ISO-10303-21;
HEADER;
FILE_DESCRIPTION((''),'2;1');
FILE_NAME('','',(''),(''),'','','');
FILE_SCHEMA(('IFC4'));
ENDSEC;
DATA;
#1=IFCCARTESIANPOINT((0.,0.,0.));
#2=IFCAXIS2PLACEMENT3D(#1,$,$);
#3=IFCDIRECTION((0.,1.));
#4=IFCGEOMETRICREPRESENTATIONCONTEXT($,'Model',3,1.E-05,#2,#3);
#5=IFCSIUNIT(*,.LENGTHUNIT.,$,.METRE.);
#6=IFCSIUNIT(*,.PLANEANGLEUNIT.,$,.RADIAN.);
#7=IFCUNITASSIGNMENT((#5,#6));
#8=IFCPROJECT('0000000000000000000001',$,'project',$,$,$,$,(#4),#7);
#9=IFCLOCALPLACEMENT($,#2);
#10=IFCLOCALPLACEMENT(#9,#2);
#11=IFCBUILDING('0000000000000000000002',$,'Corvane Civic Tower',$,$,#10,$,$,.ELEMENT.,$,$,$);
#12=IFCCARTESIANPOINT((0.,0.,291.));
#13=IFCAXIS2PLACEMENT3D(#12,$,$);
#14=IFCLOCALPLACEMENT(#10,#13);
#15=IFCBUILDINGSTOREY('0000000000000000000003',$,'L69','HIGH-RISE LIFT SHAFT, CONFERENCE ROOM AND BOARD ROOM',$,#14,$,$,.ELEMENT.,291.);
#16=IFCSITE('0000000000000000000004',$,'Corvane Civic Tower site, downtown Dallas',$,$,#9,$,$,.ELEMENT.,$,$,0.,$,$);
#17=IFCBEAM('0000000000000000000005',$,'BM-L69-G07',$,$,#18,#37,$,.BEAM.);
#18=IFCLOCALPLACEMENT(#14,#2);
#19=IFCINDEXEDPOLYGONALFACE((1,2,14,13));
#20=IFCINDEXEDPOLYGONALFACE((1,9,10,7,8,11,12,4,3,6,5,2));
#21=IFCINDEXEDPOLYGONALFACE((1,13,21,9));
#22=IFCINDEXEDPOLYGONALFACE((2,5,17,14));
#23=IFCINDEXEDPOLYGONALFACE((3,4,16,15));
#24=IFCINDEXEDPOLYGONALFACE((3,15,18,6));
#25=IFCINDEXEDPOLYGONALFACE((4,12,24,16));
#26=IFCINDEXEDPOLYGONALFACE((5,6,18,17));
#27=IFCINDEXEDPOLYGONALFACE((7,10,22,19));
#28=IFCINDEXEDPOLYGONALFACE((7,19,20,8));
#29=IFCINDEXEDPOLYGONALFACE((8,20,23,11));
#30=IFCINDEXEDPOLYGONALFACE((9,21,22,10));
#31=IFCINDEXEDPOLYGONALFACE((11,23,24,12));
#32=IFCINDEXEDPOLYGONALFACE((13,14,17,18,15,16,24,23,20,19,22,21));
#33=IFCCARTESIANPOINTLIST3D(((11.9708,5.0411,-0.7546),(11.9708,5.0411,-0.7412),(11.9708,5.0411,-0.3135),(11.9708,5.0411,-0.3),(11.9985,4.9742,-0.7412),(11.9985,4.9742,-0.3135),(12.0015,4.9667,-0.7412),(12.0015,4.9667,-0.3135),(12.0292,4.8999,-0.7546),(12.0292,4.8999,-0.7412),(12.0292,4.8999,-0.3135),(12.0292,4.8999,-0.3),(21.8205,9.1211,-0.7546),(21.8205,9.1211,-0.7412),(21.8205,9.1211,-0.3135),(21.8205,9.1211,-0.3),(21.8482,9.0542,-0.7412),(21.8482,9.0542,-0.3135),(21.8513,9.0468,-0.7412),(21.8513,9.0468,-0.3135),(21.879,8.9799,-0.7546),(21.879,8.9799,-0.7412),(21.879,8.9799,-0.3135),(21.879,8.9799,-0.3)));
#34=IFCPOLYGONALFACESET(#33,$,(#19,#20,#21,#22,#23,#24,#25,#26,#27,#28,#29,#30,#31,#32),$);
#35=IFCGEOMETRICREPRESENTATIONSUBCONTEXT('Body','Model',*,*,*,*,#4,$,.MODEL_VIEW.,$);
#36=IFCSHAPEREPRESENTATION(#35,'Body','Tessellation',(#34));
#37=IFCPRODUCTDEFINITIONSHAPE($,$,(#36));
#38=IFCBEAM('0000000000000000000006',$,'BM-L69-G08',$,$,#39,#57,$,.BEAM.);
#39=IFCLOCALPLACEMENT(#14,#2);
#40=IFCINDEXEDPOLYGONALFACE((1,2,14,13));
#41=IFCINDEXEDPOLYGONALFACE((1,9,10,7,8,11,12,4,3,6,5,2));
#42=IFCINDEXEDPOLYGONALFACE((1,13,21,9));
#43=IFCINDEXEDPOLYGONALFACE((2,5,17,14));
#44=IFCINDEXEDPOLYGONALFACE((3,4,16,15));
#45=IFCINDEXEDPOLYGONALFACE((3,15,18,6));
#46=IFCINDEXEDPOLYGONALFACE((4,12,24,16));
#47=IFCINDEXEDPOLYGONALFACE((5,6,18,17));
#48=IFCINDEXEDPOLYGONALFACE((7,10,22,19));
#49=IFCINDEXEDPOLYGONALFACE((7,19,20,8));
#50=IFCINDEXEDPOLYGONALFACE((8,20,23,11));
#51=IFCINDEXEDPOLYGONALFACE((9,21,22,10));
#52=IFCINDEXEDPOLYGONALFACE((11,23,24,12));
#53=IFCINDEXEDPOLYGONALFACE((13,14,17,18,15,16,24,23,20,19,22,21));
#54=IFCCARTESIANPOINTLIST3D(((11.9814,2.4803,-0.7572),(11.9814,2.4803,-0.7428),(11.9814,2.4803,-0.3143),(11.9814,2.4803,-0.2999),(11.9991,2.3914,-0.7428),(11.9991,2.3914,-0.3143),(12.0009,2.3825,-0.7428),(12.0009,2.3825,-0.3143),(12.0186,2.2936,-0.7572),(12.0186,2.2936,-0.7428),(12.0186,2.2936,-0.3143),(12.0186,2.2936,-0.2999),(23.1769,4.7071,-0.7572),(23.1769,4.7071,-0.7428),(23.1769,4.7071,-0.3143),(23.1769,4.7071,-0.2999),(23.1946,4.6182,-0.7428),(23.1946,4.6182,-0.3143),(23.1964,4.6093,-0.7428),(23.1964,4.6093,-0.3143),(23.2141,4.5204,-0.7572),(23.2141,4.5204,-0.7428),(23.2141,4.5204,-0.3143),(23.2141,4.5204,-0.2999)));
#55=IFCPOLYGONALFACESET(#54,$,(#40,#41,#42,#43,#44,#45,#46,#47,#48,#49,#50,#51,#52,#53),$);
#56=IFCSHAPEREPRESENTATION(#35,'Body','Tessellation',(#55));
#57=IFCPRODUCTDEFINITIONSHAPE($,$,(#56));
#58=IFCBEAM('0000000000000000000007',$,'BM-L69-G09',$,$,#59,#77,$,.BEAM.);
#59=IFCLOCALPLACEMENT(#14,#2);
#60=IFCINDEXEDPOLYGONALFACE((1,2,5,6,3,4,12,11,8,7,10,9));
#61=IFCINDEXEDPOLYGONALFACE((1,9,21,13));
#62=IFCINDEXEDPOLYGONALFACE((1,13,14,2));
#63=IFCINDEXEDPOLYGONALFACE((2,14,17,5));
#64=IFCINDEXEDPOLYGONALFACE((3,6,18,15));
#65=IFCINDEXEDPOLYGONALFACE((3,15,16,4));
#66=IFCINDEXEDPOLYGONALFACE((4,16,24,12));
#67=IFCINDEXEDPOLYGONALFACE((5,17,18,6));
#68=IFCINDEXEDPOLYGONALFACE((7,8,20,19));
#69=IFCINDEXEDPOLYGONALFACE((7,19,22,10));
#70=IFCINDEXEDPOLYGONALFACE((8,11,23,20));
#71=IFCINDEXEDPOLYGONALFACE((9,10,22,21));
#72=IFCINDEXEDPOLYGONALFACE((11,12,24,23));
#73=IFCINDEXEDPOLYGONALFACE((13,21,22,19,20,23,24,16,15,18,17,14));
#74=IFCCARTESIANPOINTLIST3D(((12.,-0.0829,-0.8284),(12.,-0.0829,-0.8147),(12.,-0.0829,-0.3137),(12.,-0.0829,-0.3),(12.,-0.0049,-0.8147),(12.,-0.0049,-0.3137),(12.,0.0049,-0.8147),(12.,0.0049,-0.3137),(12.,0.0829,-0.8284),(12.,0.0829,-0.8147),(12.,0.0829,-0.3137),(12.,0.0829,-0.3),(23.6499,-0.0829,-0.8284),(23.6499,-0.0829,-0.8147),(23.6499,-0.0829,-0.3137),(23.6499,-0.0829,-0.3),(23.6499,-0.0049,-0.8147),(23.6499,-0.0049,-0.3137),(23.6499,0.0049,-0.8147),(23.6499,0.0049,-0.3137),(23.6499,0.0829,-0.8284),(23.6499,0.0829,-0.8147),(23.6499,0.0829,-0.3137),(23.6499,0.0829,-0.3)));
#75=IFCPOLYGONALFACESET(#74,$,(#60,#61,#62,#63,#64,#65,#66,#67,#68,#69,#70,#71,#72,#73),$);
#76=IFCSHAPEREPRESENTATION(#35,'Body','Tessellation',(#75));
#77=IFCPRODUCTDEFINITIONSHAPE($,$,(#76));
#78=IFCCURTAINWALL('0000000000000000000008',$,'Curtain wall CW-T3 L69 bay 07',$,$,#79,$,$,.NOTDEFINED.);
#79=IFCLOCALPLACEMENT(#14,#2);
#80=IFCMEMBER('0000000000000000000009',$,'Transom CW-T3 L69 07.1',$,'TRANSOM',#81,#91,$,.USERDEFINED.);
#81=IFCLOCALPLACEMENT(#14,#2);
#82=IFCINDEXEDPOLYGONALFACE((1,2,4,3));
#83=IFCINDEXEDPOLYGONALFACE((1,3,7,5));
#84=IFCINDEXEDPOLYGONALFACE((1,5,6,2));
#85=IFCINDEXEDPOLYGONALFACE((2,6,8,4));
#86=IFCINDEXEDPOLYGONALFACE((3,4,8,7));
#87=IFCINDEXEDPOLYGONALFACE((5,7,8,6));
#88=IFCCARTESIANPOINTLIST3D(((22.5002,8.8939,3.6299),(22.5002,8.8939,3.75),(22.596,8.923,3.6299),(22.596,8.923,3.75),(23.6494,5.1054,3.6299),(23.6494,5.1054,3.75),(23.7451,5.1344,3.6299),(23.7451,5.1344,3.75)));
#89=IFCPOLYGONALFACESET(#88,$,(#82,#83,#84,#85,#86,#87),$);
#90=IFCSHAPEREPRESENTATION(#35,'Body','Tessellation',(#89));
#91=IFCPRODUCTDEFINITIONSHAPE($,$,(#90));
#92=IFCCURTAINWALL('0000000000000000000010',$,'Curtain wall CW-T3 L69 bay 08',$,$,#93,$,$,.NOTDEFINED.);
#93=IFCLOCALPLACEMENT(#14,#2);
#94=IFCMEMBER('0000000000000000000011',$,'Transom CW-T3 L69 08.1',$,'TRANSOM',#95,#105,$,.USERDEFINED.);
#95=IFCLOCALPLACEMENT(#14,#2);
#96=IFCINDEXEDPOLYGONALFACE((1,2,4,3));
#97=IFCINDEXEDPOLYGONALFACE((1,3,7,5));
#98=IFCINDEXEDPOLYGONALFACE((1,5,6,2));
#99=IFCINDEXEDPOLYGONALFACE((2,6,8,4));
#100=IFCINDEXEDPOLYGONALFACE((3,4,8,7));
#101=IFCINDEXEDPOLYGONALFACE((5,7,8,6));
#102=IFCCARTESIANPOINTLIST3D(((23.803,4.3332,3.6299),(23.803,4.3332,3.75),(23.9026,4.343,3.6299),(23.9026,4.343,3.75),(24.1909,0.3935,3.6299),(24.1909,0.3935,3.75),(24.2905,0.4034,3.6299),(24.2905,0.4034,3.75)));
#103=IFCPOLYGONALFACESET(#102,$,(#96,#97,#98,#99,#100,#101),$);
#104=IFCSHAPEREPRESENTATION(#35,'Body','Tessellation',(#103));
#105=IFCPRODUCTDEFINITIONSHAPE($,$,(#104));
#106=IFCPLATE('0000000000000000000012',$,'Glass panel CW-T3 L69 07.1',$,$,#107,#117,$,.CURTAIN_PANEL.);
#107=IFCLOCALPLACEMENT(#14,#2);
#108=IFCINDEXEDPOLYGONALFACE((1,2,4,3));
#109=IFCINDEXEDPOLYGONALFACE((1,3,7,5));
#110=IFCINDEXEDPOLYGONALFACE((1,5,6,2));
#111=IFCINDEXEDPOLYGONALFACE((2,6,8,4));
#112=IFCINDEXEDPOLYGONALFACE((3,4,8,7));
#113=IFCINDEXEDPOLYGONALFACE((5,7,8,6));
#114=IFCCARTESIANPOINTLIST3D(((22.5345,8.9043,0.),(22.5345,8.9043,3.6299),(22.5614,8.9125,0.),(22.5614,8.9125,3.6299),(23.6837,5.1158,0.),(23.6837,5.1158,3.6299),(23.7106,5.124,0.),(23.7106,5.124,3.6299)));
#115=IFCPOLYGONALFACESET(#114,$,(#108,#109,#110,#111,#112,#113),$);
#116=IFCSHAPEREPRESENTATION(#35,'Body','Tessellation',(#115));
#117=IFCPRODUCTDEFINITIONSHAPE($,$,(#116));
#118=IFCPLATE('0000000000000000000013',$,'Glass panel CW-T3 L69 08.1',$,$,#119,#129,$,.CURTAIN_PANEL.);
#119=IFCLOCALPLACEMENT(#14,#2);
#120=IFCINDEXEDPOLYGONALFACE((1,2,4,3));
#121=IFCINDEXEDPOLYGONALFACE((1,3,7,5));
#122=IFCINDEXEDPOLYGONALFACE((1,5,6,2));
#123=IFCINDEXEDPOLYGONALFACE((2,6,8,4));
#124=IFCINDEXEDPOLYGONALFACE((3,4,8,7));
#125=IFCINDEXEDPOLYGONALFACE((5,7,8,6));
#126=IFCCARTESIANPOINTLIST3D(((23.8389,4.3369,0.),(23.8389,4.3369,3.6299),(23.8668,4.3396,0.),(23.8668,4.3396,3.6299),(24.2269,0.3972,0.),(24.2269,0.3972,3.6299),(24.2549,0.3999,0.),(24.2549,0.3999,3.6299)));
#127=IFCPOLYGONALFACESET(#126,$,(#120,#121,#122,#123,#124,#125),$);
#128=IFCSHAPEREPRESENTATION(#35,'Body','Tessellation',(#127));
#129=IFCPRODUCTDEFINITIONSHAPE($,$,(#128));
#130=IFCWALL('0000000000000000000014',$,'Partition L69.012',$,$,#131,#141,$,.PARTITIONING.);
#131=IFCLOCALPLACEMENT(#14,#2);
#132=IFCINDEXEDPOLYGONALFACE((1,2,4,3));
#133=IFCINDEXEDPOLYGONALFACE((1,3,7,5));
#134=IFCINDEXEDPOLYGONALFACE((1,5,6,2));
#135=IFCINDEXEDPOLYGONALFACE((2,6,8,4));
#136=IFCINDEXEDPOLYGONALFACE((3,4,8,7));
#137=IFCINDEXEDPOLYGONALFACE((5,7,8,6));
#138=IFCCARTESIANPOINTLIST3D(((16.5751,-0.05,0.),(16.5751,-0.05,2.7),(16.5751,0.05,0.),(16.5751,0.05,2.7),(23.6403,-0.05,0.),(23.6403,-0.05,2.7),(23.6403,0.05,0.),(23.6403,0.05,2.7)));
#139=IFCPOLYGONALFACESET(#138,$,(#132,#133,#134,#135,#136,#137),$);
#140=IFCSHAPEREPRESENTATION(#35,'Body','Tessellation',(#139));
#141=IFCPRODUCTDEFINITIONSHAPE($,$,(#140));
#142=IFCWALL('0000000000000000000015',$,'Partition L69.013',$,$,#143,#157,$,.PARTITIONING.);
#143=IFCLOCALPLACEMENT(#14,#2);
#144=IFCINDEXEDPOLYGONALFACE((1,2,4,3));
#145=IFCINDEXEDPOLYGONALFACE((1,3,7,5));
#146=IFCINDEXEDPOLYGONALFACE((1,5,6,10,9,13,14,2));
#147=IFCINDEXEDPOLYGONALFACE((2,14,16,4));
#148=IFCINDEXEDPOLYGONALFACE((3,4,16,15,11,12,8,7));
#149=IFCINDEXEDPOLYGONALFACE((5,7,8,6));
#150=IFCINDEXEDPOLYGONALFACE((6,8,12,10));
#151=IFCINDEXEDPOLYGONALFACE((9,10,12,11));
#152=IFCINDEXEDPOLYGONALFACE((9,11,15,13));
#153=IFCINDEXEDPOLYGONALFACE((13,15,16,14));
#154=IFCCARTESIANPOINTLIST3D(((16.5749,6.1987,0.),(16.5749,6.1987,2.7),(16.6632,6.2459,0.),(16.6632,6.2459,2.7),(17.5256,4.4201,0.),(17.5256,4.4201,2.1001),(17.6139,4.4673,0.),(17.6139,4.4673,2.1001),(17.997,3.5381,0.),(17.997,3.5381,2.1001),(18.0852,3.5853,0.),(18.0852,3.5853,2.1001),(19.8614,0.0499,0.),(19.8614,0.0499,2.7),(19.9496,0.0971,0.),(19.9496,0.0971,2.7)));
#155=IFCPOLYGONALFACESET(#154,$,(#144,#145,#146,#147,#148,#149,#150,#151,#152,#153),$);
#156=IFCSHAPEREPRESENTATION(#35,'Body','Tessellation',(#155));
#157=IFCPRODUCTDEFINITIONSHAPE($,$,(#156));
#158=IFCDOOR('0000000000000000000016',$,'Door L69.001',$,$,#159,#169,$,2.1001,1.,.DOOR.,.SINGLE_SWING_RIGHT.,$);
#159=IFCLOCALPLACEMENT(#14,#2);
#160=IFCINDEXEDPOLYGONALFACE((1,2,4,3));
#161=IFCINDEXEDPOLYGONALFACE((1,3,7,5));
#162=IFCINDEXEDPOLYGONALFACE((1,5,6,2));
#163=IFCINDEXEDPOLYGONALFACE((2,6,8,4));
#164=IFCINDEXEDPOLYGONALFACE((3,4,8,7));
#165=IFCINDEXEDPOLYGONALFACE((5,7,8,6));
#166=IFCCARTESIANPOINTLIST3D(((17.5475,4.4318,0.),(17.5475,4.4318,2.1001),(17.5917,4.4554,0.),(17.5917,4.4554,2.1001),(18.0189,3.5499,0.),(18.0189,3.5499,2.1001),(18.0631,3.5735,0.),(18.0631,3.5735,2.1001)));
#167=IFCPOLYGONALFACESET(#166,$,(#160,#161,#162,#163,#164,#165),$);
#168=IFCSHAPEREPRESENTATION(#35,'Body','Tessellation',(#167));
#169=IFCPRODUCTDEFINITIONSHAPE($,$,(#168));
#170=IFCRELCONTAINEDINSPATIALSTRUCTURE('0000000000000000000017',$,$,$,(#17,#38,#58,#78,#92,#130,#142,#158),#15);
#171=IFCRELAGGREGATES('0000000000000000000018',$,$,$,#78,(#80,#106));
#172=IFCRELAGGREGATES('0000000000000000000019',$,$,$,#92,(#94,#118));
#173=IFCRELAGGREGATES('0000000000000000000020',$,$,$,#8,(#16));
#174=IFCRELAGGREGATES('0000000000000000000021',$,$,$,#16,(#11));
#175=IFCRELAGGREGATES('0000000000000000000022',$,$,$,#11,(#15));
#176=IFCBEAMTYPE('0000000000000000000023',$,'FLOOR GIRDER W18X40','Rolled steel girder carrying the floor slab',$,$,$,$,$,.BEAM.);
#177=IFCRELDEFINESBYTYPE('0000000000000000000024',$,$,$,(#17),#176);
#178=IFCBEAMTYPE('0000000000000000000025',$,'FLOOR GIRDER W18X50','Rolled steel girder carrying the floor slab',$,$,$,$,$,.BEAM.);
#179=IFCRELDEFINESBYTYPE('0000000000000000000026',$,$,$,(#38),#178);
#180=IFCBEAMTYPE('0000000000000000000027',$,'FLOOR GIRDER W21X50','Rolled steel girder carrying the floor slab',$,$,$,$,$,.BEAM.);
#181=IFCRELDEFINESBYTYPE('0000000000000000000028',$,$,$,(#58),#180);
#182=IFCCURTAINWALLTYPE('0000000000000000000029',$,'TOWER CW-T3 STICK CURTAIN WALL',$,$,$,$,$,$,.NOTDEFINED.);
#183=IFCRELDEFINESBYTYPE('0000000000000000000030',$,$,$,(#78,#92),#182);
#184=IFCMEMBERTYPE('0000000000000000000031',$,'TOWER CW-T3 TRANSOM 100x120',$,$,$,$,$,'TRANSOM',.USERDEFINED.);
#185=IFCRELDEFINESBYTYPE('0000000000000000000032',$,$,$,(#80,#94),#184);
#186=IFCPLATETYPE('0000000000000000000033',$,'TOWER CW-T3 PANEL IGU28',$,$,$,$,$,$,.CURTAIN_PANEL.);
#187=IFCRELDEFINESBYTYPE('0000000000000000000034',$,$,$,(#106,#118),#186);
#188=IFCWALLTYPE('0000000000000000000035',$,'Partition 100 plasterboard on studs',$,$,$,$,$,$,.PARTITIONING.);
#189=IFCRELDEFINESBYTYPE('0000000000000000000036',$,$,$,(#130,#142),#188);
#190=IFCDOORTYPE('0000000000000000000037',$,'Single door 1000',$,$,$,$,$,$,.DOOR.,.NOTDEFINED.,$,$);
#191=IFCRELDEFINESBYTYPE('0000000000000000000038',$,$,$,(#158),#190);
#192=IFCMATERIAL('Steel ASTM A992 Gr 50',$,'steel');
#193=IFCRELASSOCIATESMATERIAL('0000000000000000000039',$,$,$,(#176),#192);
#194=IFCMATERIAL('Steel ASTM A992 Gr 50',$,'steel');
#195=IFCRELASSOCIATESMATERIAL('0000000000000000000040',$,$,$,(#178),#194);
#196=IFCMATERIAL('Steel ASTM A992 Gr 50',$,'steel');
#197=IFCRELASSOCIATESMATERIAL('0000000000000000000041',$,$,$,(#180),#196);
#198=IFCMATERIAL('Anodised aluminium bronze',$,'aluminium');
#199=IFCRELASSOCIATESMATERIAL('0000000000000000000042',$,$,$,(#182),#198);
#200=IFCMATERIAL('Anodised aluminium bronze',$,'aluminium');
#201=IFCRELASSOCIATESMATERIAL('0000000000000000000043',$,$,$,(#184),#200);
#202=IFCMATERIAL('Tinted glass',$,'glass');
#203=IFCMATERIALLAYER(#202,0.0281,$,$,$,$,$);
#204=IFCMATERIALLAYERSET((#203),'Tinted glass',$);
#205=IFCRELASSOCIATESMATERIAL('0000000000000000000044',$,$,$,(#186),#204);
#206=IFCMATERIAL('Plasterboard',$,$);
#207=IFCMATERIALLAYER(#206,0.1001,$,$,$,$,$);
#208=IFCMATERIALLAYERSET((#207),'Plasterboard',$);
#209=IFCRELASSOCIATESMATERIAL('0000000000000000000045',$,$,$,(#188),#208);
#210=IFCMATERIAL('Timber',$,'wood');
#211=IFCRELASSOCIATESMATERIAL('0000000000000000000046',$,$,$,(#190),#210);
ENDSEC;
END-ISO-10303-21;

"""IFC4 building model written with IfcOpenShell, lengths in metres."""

from ifc_helpers import new_model, si_unit, direction, frame, frame_2d, origin, origin_2d, place, context, subcontext, project, spatial, rectangle, i_section, extrude, material, layer, layer_set, material_profile, profile_set, type_object, element, fill, aggregate, save


model = new_model("IFC4")

# Units and contexts
model_context = context("Model", 3, precision=1e-05, world=origin(), true_north=direction((0.0, 1.0)))
body_context = subcontext(model_context, "Body", "Model", "MODEL_VIEW")
ifc_project = project(units=[si_unit("LENGTHUNIT", "METRE"), si_unit("PLANEANGLEUNIT", "RADIAN")], contexts=[model_context])

# Site, building, storey
site_placement = place(None, origin())
site = spatial("IfcSite", under=ifc_project, at=site_placement, Name="Corvane Civic Tower site, downtown Dallas", CompositionType="ELEMENT", RefElevation=0.0)
building_placement = place(site_placement, origin())
building = spatial("IfcBuilding", under=site, at=building_placement, Name="Corvane Civic Tower", CompositionType="ELEMENT")
storey_placement = place(building_placement, frame((0.0, 0.0, 291.0)))
storey = spatial("IfcBuildingStorey", under=building, at=storey_placement, Name="L69", Description="HIGH-RISE LIFT SHAFT, CONFERENCE ROOM AND BOARD ROOM", CompositionType="ELEMENT", Elevation=291.0)

# Beams
ifc_material_1 = material(Name="Steel ASTM A992 Gr 50", Category="steel")
ifc_material_profile_1 = material_profile(ifc_material_1, i_section(OverallWidth=0.1528, OverallDepth=0.4546, WebThickness=0.0081, FlangeThickness=0.0134, at=origin_2d()), Name="W18X40")
ifc_profile_set_1 = profile_set([ifc_material_profile_1], Name="Steel ASTM A992 Gr 50")
beam_type_1 = type_object("IfcBeamType", Name="FLOOR GIRDER W18X40", Description="Rolled steel girder carrying the floor slab", PredefinedType="BEAM", material=ifc_profile_set_1)
beam_1_placement = place(storey_placement, frame((12.0, 4.9705, -0.5273), z_axis=(0.923875, 0.382694, 0.0), x_axis=(-0.382694, 0.923875, 0.0)))
element("IfcBeam", 1, at=beam_1_placement, inside=storey, type_object=beam_type_1, Name="BM-L69-G07", PredefinedType="BEAM", context=body_context, shape_type="SweptSolid", body=[
    extrude(i_section(OverallWidth=0.1528, OverallDepth=0.4546, WebThickness=0.0081, FlangeThickness=0.0134, at=origin_2d()), origin(), (0.0, 0.0, 1.0), 10.6614),
])
ifc_material_2 = material(Name="Steel ASTM A992 Gr 50", Category="steel")
ifc_material_profile_2 = material_profile(ifc_material_2, i_section(OverallWidth=0.1904, OverallDepth=0.4573, WebThickness=0.009, FlangeThickness=0.0144, at=origin_2d()), Name="W18X50")
ifc_profile_set_2 = profile_set([ifc_material_profile_2], Name="Steel ASTM A992 Gr 50")
beam_type_2 = type_object("IfcBeamType", Name="FLOOR GIRDER W18X50", Description="Rolled steel girder carrying the floor slab", PredefinedType="BEAM", material=ifc_profile_set_2)
beam_2_placement = place(storey_placement, frame((12.0, 2.387, -0.5286), z_axis=(0.980787, 0.19508, 0.0), x_axis=(-0.19508, 0.980787, 0.0)))
element("IfcBeam", 2, at=beam_2_placement, inside=storey, type_object=beam_type_2, Name="BM-L69-G08", PredefinedType="BEAM", context=body_context, shape_type="SweptSolid", body=[
    extrude(i_section(OverallWidth=0.1904, OverallDepth=0.4573, WebThickness=0.009, FlangeThickness=0.0144, at=origin_2d()), origin(), (0.0, 0.0, 1.0), 11.4148),
])
ifc_material_3 = material(Name="Steel ASTM A992 Gr 50", Category="steel")
ifc_material_profile_3 = material_profile(ifc_material_3, i_section(OverallWidth=0.1658, OverallDepth=0.5283, WebThickness=0.0098, FlangeThickness=0.0137, at=origin_2d()), Name="W21X50")
ifc_profile_set_3 = profile_set([ifc_material_profile_3], Name="Steel ASTM A992 Gr 50")
beam_type_3 = type_object("IfcBeamType", Name="FLOOR GIRDER W21X50", Description="Rolled steel girder carrying the floor slab", PredefinedType="BEAM", material=ifc_profile_set_3)
beam_3_placement = place(storey_placement, frame((12.0, 0.0, -0.5642), z_axis=(1.0, 0.0, 0.0), x_axis=(0.0, 1.0, 0.0)))
element("IfcBeam", 3, at=beam_3_placement, inside=storey, type_object=beam_type_3, Name="BM-L69-G09", PredefinedType="BEAM", context=body_context, shape_type="SweptSolid", body=[
    extrude(i_section(OverallWidth=0.1658, OverallDepth=0.5283, WebThickness=0.0098, FlangeThickness=0.0137, at=origin_2d()), origin(), (0.0, 0.0, 1.0), 11.6499),
])

# Curtain walls, members
ifc_material_4 = material(Name="Anodised aluminium bronze", Category="aluminium")
curtain_wall_type = type_object("IfcCurtainWallType", Name="TOWER CW-T3 STICK CURTAIN WALL", PredefinedType="NOTDEFINED", material=ifc_material_4)
curtain_wall_1_placement = place(storey_placement, origin())
curtain_wall_1 = element("IfcCurtainWall", 4, at=curtain_wall_1_placement, inside=storey, type_object=curtain_wall_type, Name="Curtain wall CW-T3 L69 bay 07", PredefinedType="NOTDEFINED")
ifc_material_5 = material(Name="Anodised aluminium bronze", Category="aluminium")
ifc_material_profile_4 = material_profile(ifc_material_5, rectangle(XDim=0.1001, YDim=0.1201, at=origin_2d()), Name="TOWER CW-T3 TRANSOM 100x120")
ifc_profile_set_4 = profile_set([ifc_material_profile_4], Name="Anodised aluminium bronze")
member_type = type_object("IfcMemberType", Name="TOWER CW-T3 TRANSOM 100x120", ElementType="TRANSOM", PredefinedType="USERDEFINED", material=ifc_profile_set_4)
member_1_placement = place(storey_placement, frame((22.5481, 8.9084, 3.6899), z_axis=(0.290266, -0.956946, 0.0), x_axis=(0.956946, 0.290266, 0.0)))
member_1 = element("IfcMember", 5, at=member_1_placement, type_object=member_type, Name="Transom CW-T3 L69 07.1", ObjectType="TRANSOM", PredefinedType="USERDEFINED", context=body_context, shape_type="SweptSolid", body=[
    extrude(rectangle(XDim=0.1001, YDim=0.1201, at=origin_2d()), origin(), (0.0, 0.0, 1.0), 3.959),
])
curtain_wall_2_placement = place(storey_placement, origin())
curtain_wall_2 = element("IfcCurtainWall", 6, at=curtain_wall_2_placement, inside=storey, type_object=curtain_wall_type, Name="Curtain wall CW-T3 L69 bay 08", PredefinedType="NOTDEFINED")
member_2_placement = place(storey_placement, frame((23.8528, 4.3381, 3.6899), z_axis=(0.097995, -0.995187, 0.0), x_axis=(0.995187, 0.097995, 0.0)))
member_2 = element("IfcMember", 7, at=member_2_placement, type_object=member_type, Name="Transom CW-T3 L69 08.1", ObjectType="TRANSOM", PredefinedType="USERDEFINED", context=body_context, shape_type="SweptSolid", body=[
    extrude(rectangle(XDim=0.1001, YDim=0.1201, at=origin_2d()), origin(), (0.0, 0.0, 1.0), 3.9587),
])

# Plates
ifc_material_6 = material(Name="Tinted glass", Category="glass")
ifc_layer_1 = layer(ifc_material_6, 0.0281)
ifc_layer_set_1 = layer_set([ifc_layer_1], Name="Tinted glass")
plate_type = type_object("IfcPlateType", Name="TOWER CW-T3 PANEL IGU28", PredefinedType="CURTAIN_PANEL", material=ifc_layer_set_1)
plate_1_placement = place(storey_placement, frame((23.1226, 7.0142, 0.0), z_axis=(0.0, 0.0, 1.0), x_axis=(0.290274, -0.956944, 0.0)))
plate_1 = element("IfcPlate", 8, at=plate_1_placement, type_object=plate_type, Name="Glass panel CW-T3 L69 07.1", PredefinedType="CURTAIN_PANEL", context=body_context, shape_type="SweptSolid", body=[
    extrude(rectangle(XDim=3.959, YDim=0.0281, at=origin_2d()), origin(), (0.0, 0.0, 1.0), 3.6299),
])
aggregate(curtain_wall_1, [member_1, plate_1])
plate_2_placement = place(storey_placement, frame((24.0469, 2.3684, 0.0), z_axis=(0.0, 0.0, 1.0), x_axis=(0.098021, -0.995184, 0.0)))
plate_2 = element("IfcPlate", 9, at=plate_2_placement, type_object=plate_type, Name="Glass panel CW-T3 L69 08.1", PredefinedType="CURTAIN_PANEL", context=body_context, shape_type="SweptSolid", body=[
    extrude(rectangle(XDim=3.9587, YDim=0.0281, at=origin_2d()), origin(), (0.0, 0.0, 1.0), 3.6299),
])
aggregate(curtain_wall_2, [member_2, plate_2])

# Wall
ifc_material_7 = material(Name="Plasterboard")
ifc_layer_2 = layer(ifc_material_7, 0.1001)
ifc_layer_set_2 = layer_set([ifc_layer_2], Name="Plasterboard")
wall_type_1 = type_object("IfcWallType", Name="Partition 100 plasterboard on studs", PredefinedType="PARTITIONING", material=ifc_layer_set_2)
wall_1_placement = place(storey_placement, frame((16.575, 0.0, 0.0), z_axis=(0.0, 0.0, 1.0), x_axis=(1.0, 0.0, 0.0)))
element("IfcWall", 10, at=wall_1_placement, inside=storey, type_object=wall_type_1, Name="Partition L69.012", PredefinedType="PARTITIONING", context=body_context, shape_type="SweptSolid", body=[
    extrude(rectangle(XDim=7.0652, YDim=0.1001, at=frame_2d((3.5327, 0.0))), origin(), (0.0, 0.0, 1.0), 2.7),
])

# Wall, opening, door
wall_2_placement = place(storey_placement, frame((16.6191, 6.2222, 0.0), z_axis=(0.0, 0.0, 1.0), x_axis=(0.471379, -0.881931, 0.0)))
wall_2 = element("IfcWall", 11, at=wall_2_placement, inside=storey, type_object=wall_type_1, Name="Partition L69.013", PredefinedType="PARTITIONING", context=body_context, shape_type="SweptSolid", body=[
    extrude(rectangle(XDim=6.9719, YDim=0.1001, at=frame_2d((3.4858, 0.0))), origin(), (0.0, 0.0, 1.0), 2.7),
])
opening_1_placement = place(wall_2_placement, frame((2.0166, 0.0, 0.0)))
opening_1 = element("IfcOpeningElement", 12, at=opening_1_placement, cuts=wall_2, PredefinedType="OPENING", context=body_context, shape_type="SweptSolid", body=[
    extrude(rectangle(XDim=1.0, YDim=2.1001, at=frame_2d((0.5, 1.05))), frame((0.0, 0.0601, 0.0), z_axis=(0.0, -1.0, 0.0), x_axis=(1.0, 0.0, 0.0)), (0.0, 0.0, 1.0), 0.1201),
])
ifc_material_8 = material(Name="Timber", Category="wood")
door_type_1 = type_object("IfcDoorType", Name="Single door 1000", OperationType="NOTDEFINED", PredefinedType="DOOR", material=ifc_material_8)
door_1_placement = place(opening_1_placement, origin())
door_1 = element("IfcDoor", 13, at=door_1_placement, inside=storey, type_object=door_type_1, Name="Door L69.001", OperationType="SINGLE_SWING_RIGHT", OverallHeight=2.1001, OverallWidth=1.0, PredefinedType="DOOR", context=body_context, shape_type="SweptSolid", body=[
    extrude(rectangle(XDim=1.0, YDim=2.1001, at=frame_2d((0.5, 1.05))), frame((0.0, 0.0249, 0.0), z_axis=(0.0, -1.0, 0.0), x_axis=(1.0, 0.0, 0.0)), (0.0, 0.0, 1.0), 0.05),
])
fill(opening_1, door_1)

save(model, "model.ifc")
